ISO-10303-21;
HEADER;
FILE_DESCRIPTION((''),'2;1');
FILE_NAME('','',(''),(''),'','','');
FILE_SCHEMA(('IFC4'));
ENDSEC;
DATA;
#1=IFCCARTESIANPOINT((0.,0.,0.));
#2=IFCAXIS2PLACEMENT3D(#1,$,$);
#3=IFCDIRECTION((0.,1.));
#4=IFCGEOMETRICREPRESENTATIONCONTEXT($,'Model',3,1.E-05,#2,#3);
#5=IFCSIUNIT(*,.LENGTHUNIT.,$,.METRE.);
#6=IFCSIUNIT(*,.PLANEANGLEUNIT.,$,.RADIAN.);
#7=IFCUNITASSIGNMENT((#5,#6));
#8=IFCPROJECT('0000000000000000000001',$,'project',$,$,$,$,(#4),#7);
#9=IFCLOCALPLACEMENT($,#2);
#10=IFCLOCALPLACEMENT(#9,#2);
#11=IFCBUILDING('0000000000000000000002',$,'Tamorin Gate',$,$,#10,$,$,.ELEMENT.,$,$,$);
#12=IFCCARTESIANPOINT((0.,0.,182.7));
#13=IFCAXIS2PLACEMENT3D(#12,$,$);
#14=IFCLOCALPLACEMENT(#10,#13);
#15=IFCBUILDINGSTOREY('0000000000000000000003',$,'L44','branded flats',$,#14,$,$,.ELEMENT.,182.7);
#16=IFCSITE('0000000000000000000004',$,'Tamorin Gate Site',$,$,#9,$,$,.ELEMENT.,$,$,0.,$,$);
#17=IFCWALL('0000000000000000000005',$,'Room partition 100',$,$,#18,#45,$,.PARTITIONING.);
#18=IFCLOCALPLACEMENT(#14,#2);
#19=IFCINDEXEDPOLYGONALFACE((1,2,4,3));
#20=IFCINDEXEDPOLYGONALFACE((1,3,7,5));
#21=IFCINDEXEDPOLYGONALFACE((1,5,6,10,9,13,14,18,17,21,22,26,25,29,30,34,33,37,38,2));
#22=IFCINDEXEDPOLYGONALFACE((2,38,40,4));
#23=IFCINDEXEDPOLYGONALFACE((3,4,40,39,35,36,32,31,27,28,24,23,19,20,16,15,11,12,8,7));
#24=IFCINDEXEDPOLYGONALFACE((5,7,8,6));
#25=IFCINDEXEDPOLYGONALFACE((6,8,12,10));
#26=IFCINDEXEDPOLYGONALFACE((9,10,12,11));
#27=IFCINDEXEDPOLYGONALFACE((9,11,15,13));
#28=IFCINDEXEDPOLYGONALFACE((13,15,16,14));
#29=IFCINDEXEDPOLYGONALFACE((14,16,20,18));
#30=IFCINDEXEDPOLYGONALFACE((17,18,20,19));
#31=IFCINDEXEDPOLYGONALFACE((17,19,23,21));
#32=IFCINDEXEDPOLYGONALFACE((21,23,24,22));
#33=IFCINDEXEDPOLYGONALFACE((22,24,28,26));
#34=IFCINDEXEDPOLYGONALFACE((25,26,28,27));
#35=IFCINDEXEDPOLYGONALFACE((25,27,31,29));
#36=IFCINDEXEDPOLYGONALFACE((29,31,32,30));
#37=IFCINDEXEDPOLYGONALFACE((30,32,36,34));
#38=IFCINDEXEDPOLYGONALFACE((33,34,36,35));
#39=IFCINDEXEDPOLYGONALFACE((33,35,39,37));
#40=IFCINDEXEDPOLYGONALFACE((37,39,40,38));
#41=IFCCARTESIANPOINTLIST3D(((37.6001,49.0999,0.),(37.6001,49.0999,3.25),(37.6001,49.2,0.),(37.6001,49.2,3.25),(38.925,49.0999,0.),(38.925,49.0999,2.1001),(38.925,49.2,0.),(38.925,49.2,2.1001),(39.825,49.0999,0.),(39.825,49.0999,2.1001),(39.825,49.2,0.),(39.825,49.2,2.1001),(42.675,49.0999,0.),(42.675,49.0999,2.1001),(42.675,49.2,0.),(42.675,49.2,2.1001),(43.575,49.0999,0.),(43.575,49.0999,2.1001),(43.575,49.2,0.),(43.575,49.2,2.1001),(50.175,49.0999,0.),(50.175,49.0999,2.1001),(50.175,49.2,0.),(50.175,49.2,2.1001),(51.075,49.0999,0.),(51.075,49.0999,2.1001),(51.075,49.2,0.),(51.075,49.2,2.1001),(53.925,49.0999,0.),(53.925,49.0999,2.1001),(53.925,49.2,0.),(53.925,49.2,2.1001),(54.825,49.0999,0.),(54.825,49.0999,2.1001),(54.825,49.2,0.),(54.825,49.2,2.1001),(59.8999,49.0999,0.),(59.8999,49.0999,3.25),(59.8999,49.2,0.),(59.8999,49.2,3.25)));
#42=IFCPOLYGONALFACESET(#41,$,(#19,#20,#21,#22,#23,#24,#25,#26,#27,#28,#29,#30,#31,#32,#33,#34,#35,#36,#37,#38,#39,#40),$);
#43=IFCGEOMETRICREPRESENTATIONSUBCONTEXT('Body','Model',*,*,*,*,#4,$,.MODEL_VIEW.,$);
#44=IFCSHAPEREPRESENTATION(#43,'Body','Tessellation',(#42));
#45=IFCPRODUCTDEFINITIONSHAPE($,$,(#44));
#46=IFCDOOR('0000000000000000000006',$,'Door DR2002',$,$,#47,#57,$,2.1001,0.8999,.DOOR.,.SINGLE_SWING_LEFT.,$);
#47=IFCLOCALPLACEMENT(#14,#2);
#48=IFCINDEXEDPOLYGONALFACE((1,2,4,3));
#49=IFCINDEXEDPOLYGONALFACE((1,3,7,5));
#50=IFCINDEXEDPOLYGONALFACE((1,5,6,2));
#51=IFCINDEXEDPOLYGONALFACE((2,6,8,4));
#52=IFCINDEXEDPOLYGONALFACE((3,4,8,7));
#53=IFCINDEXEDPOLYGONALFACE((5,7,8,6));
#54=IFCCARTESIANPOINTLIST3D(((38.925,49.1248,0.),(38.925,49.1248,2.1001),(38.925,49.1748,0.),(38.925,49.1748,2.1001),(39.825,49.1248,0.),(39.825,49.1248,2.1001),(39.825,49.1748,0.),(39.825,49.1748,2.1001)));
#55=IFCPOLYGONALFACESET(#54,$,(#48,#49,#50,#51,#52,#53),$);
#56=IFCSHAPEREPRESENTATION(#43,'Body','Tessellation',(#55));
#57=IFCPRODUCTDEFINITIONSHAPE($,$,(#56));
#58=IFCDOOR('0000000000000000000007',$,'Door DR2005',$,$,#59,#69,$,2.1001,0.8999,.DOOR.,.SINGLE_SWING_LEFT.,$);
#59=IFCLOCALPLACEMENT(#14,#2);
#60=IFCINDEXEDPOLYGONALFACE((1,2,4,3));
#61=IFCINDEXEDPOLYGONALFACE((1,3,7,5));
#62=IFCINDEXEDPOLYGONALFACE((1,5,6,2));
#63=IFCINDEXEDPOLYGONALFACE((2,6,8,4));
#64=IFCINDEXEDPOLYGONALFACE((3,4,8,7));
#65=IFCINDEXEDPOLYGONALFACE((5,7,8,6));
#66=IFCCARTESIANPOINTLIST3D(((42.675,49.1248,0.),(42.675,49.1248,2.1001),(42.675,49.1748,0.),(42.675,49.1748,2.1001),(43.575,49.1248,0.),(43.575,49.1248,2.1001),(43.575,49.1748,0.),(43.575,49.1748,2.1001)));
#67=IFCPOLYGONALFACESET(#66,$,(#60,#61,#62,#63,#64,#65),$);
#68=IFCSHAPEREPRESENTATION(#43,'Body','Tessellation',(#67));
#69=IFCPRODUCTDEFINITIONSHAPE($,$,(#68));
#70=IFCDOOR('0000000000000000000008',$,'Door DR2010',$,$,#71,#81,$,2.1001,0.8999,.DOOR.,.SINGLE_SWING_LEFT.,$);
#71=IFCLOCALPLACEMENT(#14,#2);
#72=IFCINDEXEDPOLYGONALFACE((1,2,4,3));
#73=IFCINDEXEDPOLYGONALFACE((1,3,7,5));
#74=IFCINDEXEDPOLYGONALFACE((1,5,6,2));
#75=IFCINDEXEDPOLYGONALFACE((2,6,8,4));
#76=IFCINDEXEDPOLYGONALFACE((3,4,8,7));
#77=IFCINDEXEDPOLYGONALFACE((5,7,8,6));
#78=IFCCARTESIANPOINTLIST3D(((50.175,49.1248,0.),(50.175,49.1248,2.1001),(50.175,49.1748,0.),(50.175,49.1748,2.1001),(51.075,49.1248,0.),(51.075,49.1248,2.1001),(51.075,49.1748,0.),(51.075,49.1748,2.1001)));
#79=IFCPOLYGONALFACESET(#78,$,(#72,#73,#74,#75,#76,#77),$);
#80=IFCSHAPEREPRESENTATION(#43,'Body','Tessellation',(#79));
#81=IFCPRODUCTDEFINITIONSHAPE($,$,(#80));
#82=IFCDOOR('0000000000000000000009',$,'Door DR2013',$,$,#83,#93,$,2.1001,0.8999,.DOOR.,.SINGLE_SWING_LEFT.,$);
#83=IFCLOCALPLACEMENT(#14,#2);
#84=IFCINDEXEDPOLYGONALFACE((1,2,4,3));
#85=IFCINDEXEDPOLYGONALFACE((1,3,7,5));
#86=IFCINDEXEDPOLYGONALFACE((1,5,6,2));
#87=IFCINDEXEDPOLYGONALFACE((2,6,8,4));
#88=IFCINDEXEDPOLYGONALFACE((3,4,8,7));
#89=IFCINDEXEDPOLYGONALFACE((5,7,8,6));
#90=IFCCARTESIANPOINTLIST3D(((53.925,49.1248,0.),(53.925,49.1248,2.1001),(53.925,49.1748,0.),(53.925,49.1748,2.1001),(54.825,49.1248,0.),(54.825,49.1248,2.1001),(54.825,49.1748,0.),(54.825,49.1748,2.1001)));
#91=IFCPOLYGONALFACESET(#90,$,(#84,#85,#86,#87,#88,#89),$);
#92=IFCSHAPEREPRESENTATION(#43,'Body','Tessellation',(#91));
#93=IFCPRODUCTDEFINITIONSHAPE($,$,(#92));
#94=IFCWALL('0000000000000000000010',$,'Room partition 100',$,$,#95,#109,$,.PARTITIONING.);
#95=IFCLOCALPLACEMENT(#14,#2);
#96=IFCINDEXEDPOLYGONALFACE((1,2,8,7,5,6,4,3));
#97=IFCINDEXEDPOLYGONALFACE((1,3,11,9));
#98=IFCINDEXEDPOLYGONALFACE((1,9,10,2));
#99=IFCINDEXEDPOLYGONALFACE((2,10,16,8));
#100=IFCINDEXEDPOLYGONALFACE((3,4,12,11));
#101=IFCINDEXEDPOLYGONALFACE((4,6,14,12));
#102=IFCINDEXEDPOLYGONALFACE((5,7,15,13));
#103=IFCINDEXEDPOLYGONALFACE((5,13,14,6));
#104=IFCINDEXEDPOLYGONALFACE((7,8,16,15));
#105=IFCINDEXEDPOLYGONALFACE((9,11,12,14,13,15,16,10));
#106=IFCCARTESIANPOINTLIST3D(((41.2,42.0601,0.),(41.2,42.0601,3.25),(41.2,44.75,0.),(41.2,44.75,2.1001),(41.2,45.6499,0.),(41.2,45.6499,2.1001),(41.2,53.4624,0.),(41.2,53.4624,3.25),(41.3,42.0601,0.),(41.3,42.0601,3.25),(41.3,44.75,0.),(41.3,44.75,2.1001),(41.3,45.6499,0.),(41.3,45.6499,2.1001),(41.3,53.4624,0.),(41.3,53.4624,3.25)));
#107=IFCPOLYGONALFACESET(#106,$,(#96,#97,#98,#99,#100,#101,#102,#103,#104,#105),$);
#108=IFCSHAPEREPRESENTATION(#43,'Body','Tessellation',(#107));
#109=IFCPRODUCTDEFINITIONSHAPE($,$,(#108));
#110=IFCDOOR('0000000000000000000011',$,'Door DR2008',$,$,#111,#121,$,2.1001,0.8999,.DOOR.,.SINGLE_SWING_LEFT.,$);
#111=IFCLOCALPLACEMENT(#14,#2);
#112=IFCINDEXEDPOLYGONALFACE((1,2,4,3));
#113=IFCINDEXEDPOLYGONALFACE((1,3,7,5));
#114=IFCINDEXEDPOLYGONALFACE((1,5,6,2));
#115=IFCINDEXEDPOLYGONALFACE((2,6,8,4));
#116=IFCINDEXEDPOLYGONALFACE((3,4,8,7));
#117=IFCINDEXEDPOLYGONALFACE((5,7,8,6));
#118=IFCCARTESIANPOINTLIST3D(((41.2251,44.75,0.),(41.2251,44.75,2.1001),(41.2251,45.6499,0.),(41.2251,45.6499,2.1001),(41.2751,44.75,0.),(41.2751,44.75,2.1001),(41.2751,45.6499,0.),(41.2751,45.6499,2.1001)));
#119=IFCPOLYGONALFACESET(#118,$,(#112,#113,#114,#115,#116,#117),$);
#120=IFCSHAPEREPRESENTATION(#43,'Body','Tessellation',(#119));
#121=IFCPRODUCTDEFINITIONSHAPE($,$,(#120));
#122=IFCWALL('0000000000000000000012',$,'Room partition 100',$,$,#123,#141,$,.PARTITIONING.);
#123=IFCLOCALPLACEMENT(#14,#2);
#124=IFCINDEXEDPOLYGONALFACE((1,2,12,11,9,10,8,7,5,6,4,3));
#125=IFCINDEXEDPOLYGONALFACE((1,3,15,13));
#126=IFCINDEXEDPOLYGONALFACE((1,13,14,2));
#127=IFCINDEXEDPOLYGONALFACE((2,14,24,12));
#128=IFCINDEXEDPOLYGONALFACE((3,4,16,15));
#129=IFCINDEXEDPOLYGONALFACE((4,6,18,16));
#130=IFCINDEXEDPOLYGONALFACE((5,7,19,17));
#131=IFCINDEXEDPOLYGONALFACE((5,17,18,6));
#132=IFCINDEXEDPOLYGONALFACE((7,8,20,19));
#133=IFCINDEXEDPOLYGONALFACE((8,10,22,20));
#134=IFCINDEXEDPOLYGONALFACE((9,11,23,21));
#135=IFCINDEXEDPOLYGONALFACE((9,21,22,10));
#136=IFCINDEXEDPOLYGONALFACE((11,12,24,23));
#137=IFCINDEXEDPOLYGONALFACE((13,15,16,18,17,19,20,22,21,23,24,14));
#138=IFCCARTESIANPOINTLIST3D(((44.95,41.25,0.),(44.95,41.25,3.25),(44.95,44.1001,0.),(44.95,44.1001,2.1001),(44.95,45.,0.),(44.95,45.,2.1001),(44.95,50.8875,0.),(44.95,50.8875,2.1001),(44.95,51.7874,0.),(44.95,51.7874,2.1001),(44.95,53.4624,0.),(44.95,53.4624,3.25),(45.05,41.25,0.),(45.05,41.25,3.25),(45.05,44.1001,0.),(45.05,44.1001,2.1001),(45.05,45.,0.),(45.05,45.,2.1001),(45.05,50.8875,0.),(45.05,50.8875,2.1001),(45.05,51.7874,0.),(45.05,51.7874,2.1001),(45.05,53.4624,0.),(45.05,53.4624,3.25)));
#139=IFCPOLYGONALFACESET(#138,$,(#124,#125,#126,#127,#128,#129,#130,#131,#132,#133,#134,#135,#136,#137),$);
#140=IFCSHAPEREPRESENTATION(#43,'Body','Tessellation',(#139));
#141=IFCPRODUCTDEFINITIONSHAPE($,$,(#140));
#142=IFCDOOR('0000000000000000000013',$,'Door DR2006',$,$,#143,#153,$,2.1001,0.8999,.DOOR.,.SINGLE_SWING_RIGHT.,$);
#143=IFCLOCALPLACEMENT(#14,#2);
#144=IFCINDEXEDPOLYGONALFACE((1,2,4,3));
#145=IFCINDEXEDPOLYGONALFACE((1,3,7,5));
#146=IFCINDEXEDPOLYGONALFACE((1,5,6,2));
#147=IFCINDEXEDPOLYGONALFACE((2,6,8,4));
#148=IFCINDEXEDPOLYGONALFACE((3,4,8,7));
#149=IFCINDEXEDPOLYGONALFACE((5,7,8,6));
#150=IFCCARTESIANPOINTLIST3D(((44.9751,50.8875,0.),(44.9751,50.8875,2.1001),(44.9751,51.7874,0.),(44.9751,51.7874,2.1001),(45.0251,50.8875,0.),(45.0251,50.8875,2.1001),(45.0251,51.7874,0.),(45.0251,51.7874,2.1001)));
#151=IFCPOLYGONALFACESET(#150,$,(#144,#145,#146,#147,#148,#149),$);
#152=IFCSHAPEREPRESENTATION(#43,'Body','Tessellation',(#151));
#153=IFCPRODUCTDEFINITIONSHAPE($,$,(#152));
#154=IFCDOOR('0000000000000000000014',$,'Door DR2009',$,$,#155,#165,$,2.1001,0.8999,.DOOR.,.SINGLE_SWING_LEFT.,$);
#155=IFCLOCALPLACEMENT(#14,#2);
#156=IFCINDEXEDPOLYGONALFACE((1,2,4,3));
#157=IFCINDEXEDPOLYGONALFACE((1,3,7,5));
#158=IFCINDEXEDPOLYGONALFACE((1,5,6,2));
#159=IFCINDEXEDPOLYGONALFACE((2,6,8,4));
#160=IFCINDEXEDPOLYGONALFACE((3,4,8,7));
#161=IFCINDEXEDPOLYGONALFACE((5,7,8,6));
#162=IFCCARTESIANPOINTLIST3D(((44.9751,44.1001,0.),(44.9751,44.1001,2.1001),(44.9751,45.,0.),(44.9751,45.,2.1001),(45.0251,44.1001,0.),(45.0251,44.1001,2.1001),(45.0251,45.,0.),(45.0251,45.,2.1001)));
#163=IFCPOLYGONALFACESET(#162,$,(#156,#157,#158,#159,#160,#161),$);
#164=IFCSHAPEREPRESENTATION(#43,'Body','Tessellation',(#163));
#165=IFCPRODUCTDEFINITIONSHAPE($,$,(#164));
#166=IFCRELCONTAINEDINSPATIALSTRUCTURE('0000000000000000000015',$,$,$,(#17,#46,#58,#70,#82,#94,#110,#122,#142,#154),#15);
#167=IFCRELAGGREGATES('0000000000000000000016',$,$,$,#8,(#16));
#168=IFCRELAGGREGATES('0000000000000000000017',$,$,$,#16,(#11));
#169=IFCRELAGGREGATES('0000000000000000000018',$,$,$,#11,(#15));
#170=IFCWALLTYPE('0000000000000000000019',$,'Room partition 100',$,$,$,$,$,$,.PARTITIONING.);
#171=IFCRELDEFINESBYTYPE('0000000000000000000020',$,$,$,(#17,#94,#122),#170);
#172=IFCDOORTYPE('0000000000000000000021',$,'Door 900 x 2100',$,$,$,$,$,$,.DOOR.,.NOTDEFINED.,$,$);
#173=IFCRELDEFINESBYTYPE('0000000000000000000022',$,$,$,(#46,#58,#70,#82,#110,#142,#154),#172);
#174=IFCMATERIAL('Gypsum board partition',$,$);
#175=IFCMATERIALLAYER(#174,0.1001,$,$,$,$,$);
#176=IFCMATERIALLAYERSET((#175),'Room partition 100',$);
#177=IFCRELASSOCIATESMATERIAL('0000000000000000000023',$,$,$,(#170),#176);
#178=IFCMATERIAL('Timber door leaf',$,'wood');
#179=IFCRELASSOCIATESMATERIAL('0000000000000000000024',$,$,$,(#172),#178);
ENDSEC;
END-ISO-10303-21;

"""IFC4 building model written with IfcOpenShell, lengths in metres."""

from ifc_helpers import new_model, si_unit, direction, frame, frame_2d, origin, place, context, subcontext, project, spatial, rectangle, extrude, material, layer, layer_set, type_object, element, fill, save


model = new_model("IFC4")

# Units and contexts
model_context = context("Model", 3, precision=1e-05, world=origin(), true_north=direction((0.0, 1.0)))
body_context = subcontext(model_context, "Body", "Model", "MODEL_VIEW")
ifc_project = project(units=[si_unit("LENGTHUNIT", "METRE"), si_unit("PLANEANGLEUNIT", "RADIAN")], contexts=[model_context])

# Site, building, storey
site_placement = place(None, origin())
site = spatial("IfcSite", under=ifc_project, at=site_placement, Name="Tamorin Gate Site", CompositionType="ELEMENT", RefElevation=0.0)
building_placement = place(site_placement, origin())
building = spatial("IfcBuilding", under=site, at=building_placement, Name="Tamorin Gate", CompositionType="ELEMENT")
storey_placement = place(building_placement, frame((0.0, 0.0, 182.7)))
storey = spatial("IfcBuildingStorey", under=building, at=storey_placement, Name="L44", Description="branded flats", CompositionType="ELEMENT", Elevation=182.7)

# Shared definitions
ifc_material_1 = material(Name="Gypsum board partition")

# Wall, openings, doors
ifc_layer_1 = layer(ifc_material_1, 0.1001)
ifc_layer_set_1 = layer_set([ifc_layer_1], Name="Room partition 100")
wall_type_1 = type_object("IfcWallType", Name="Room partition 100", PredefinedType="PARTITIONING", material=ifc_layer_set_1)
wall_1_placement = place(storey_placement, frame((37.6001, 49.1499, 0.0), z_axis=(0.0, 0.0, 1.0), x_axis=(1.0, 0.0, 0.0)))
wall_1 = element("IfcWall", 1, at=wall_1_placement, inside=storey, type_object=wall_type_1, Name="Room partition 100", PredefinedType="PARTITIONING", context=body_context, shape_type="SweptSolid", body=[
    extrude(rectangle(XDim=22.2998, YDim=0.1001, at=frame_2d((11.1499, 0.0))), origin(), (0.0, 0.0, 1.0), 3.25),
])
opening_1_placement = place(wall_1_placement, frame((1.325, 0.0, 0.0)))
opening_1 = element("IfcOpeningElement", 2, at=opening_1_placement, cuts=wall_1, PredefinedType="OPENING", context=body_context, shape_type="SweptSolid", body=[
    extrude(rectangle(XDim=0.8999, YDim=2.1001, at=frame_2d((0.45, 1.05))), frame((0.0, 0.0601, 0.0), z_axis=(0.0, -1.0, 0.0), x_axis=(1.0, 0.0, 0.0)), (0.0, 0.0, 1.0), 0.1201),
])
opening_2_placement = place(wall_1_placement, frame((5.075, 0.0, 0.0)))
opening_2 = element("IfcOpeningElement", 3, at=opening_2_placement, cuts=wall_1, PredefinedType="OPENING", context=body_context, shape_type="SweptSolid", body=[
    extrude(rectangle(XDim=0.8999, YDim=2.1001, at=frame_2d((0.45, 1.05))), frame((0.0, 0.0601, 0.0), z_axis=(0.0, -1.0, 0.0), x_axis=(1.0, 0.0, 0.0)), (0.0, 0.0, 1.0), 0.1201),
])
opening_3_placement = place(wall_1_placement, frame((12.575, 0.0, 0.0)))
opening_3 = element("IfcOpeningElement", 4, at=opening_3_placement, cuts=wall_1, PredefinedType="OPENING", context=body_context, shape_type="SweptSolid", body=[
    extrude(rectangle(XDim=0.8999, YDim=2.1001, at=frame_2d((0.45, 1.05))), frame((0.0, 0.0601, 0.0), z_axis=(0.0, -1.0, 0.0), x_axis=(1.0, 0.0, 0.0)), (0.0, 0.0, 1.0), 0.1201),
])
opening_4_placement = place(wall_1_placement, frame((16.325, 0.0, 0.0)))
opening_4 = element("IfcOpeningElement", 5, at=opening_4_placement, cuts=wall_1, PredefinedType="OPENING", context=body_context, shape_type="SweptSolid", body=[
    extrude(rectangle(XDim=0.8999, YDim=2.1001, at=frame_2d((0.45, 1.05))), frame((0.0, 0.0601, 0.0), z_axis=(0.0, -1.0, 0.0), x_axis=(1.0, 0.0, 0.0)), (0.0, 0.0, 1.0), 0.1201),
])
ifc_material_2 = material(Name="Timber door leaf", Category="wood")
door_type = type_object("IfcDoorType", Name="Door 900 x 2100", OperationType="NOTDEFINED", PredefinedType="DOOR", material=ifc_material_2)
door_1_placement = place(opening_1_placement, origin())
door_1 = element("IfcDoor", 6, at=door_1_placement, inside=storey, type_object=door_type, Name="Door DR2002", OperationType="SINGLE_SWING_LEFT", OverallHeight=2.1001, OverallWidth=0.8999, PredefinedType="DOOR", context=body_context, shape_type="SweptSolid", body=[
    extrude(rectangle(XDim=0.8999, YDim=2.1001, at=frame_2d((0.45, 1.05))), frame((0.0, 0.0249, 0.0), z_axis=(0.0, -1.0, 0.0), x_axis=(1.0, 0.0, 0.0)), (0.0, 0.0, 1.0), 0.05),
])
fill(opening_1, door_1)
door_2_placement = place(opening_2_placement, origin())
door_2 = element("IfcDoor", 7, at=door_2_placement, inside=storey, type_object=door_type, Name="Door DR2005", OperationType="SINGLE_SWING_LEFT", OverallHeight=2.1001, OverallWidth=0.8999, PredefinedType="DOOR", context=body_context, shape_type="SweptSolid", body=[
    extrude(rectangle(XDim=0.8999, YDim=2.1001, at=frame_2d((0.45, 1.05))), frame((0.0, 0.0249, 0.0), z_axis=(0.0, -1.0, 0.0), x_axis=(1.0, 0.0, 0.0)), (0.0, 0.0, 1.0), 0.05),
])
fill(opening_2, door_2)
door_3_placement = place(opening_3_placement, origin())
door_3 = element("IfcDoor", 8, at=door_3_placement, inside=storey, type_object=door_type, Name="Door DR2010", OperationType="SINGLE_SWING_LEFT", OverallHeight=2.1001, OverallWidth=0.8999, PredefinedType="DOOR", context=body_context, shape_type="SweptSolid", body=[
    extrude(rectangle(XDim=0.8999, YDim=2.1001, at=frame_2d((0.45, 1.05))), frame((0.0, 0.0249, 0.0), z_axis=(0.0, -1.0, 0.0), x_axis=(1.0, 0.0, 0.0)), (0.0, 0.0, 1.0), 0.05),
])
fill(opening_3, door_3)
door_4_placement = place(opening_4_placement, origin())
door_4 = element("IfcDoor", 9, at=door_4_placement, inside=storey, type_object=door_type, Name="Door DR2013", OperationType="SINGLE_SWING_LEFT", OverallHeight=2.1001, OverallWidth=0.8999, PredefinedType="DOOR", context=body_context, shape_type="SweptSolid", body=[
    extrude(rectangle(XDim=0.8999, YDim=2.1001, at=frame_2d((0.45, 1.05))), frame((0.0, 0.0249, 0.0), z_axis=(0.0, -1.0, 0.0), x_axis=(1.0, 0.0, 0.0)), (0.0, 0.0, 1.0), 0.05),
])
fill(opening_4, door_4)

# Wall, opening, door
wall_2_placement = place(storey_placement, frame((41.25, 42.0601, 0.0), z_axis=(0.0, 0.0, 1.0), x_axis=(0.0, 1.0, 0.0)))
wall_2 = element("IfcWall", 10, at=wall_2_placement, inside=storey, type_object=wall_type_1, Name="Room partition 100", PredefinedType="PARTITIONING", context=body_context, shape_type="SweptSolid", body=[
    extrude(rectangle(XDim=11.4023, YDim=0.1001, at=frame_2d((5.7012, 0.0))), origin(), (0.0, 0.0, 1.0), 3.25),
])
opening_5_placement = place(wall_2_placement, frame((2.6899, 0.0, 0.0)))
opening_5 = element("IfcOpeningElement", 11, at=opening_5_placement, cuts=wall_2, PredefinedType="OPENING", context=body_context, shape_type="SweptSolid", body=[
    extrude(rectangle(XDim=0.8999, YDim=2.1001, at=frame_2d((0.45, 1.05))), frame((0.0, 0.0601, 0.0), z_axis=(0.0, -1.0, 0.0), x_axis=(1.0, 0.0, 0.0)), (0.0, 0.0, 1.0), 0.1201),
])
door_5_placement = place(opening_5_placement, origin())
door_5 = element("IfcDoor", 12, at=door_5_placement, inside=storey, type_object=door_type, Name="Door DR2008", OperationType="SINGLE_SWING_LEFT", OverallHeight=2.1001, OverallWidth=0.8999, PredefinedType="DOOR", context=body_context, shape_type="SweptSolid", body=[
    extrude(rectangle(XDim=0.8999, YDim=2.1001, at=frame_2d((0.45, 1.05))), frame((0.0, 0.0249, 0.0), z_axis=(0.0, -1.0, 0.0), x_axis=(1.0, 0.0, 0.0)), (0.0, 0.0, 1.0), 0.05),
])
fill(opening_5, door_5)

# Wall, openings, doors
wall_3_placement = place(storey_placement, frame((45.0, 41.25, 0.0), z_axis=(0.0, 0.0, 1.0), x_axis=(0.0, 1.0, 0.0)))
wall_3 = element("IfcWall", 13, at=wall_3_placement, inside=storey, type_object=wall_type_1, Name="Room partition 100", PredefinedType="PARTITIONING", context=body_context, shape_type="SweptSolid", body=[
    extrude(rectangle(XDim=12.2124, YDim=0.1001, at=frame_2d((6.1062, 0.0))), origin(), (0.0, 0.0, 1.0), 3.25),
])
opening_6_placement = place(wall_3_placement, frame((9.6375, 0.0, 0.0)))
opening_6 = element("IfcOpeningElement", 14, at=opening_6_placement, cuts=wall_3, PredefinedType="OPENING", context=body_context, shape_type="SweptSolid", body=[
    extrude(rectangle(XDim=0.8999, YDim=2.1001, at=frame_2d((0.45, 1.05))), frame((0.0, 0.0601, 0.0), z_axis=(0.0, -1.0, 0.0), x_axis=(1.0, 0.0, 0.0)), (0.0, 0.0, 1.0), 0.1201),
])
opening_7_placement = place(wall_3_placement, frame((2.8501, 0.0, 0.0)))
opening_7 = element("IfcOpeningElement", 15, at=opening_7_placement, cuts=wall_3, PredefinedType="OPENING", context=body_context, shape_type="SweptSolid", body=[
    extrude(rectangle(XDim=0.8999, YDim=2.1001, at=frame_2d((0.45, 1.05))), frame((0.0, 0.0601, 0.0), z_axis=(0.0, -1.0, 0.0), x_axis=(1.0, 0.0, 0.0)), (0.0, 0.0, 1.0), 0.1201),
])
door_6_placement = place(opening_6_placement, origin())
door_6 = element("IfcDoor", 16, at=door_6_placement, inside=storey, type_object=door_type, Name="Door DR2006", OperationType="SINGLE_SWING_RIGHT", OverallHeight=2.1001, OverallWidth=0.8999, PredefinedType="DOOR", context=body_context, shape_type="SweptSolid", body=[
    extrude(rectangle(XDim=0.8999, YDim=2.1001, at=frame_2d((0.45, 1.05))), frame((0.0, 0.0249, 0.0), z_axis=(0.0, -1.0, 0.0), x_axis=(1.0, 0.0, 0.0)), (0.0, 0.0, 1.0), 0.05),
])
fill(opening_6, door_6)
door_7_placement = place(opening_7_placement, origin())
door_7 = element("IfcDoor", 17, at=door_7_placement, inside=storey, type_object=door_type, Name="Door DR2009", OperationType="SINGLE_SWING_LEFT", OverallHeight=2.1001, OverallWidth=0.8999, PredefinedType="DOOR", context=body_context, shape_type="SweptSolid", body=[
    extrude(rectangle(XDim=0.8999, YDim=2.1001, at=frame_2d((0.45, 1.05))), frame((0.0, 0.0249, 0.0), z_axis=(0.0, -1.0, 0.0), x_axis=(1.0, 0.0, 0.0)), (0.0, 0.0, 1.0), 0.05),
])
fill(opening_7, door_7)

save(model, "model.ifc")
